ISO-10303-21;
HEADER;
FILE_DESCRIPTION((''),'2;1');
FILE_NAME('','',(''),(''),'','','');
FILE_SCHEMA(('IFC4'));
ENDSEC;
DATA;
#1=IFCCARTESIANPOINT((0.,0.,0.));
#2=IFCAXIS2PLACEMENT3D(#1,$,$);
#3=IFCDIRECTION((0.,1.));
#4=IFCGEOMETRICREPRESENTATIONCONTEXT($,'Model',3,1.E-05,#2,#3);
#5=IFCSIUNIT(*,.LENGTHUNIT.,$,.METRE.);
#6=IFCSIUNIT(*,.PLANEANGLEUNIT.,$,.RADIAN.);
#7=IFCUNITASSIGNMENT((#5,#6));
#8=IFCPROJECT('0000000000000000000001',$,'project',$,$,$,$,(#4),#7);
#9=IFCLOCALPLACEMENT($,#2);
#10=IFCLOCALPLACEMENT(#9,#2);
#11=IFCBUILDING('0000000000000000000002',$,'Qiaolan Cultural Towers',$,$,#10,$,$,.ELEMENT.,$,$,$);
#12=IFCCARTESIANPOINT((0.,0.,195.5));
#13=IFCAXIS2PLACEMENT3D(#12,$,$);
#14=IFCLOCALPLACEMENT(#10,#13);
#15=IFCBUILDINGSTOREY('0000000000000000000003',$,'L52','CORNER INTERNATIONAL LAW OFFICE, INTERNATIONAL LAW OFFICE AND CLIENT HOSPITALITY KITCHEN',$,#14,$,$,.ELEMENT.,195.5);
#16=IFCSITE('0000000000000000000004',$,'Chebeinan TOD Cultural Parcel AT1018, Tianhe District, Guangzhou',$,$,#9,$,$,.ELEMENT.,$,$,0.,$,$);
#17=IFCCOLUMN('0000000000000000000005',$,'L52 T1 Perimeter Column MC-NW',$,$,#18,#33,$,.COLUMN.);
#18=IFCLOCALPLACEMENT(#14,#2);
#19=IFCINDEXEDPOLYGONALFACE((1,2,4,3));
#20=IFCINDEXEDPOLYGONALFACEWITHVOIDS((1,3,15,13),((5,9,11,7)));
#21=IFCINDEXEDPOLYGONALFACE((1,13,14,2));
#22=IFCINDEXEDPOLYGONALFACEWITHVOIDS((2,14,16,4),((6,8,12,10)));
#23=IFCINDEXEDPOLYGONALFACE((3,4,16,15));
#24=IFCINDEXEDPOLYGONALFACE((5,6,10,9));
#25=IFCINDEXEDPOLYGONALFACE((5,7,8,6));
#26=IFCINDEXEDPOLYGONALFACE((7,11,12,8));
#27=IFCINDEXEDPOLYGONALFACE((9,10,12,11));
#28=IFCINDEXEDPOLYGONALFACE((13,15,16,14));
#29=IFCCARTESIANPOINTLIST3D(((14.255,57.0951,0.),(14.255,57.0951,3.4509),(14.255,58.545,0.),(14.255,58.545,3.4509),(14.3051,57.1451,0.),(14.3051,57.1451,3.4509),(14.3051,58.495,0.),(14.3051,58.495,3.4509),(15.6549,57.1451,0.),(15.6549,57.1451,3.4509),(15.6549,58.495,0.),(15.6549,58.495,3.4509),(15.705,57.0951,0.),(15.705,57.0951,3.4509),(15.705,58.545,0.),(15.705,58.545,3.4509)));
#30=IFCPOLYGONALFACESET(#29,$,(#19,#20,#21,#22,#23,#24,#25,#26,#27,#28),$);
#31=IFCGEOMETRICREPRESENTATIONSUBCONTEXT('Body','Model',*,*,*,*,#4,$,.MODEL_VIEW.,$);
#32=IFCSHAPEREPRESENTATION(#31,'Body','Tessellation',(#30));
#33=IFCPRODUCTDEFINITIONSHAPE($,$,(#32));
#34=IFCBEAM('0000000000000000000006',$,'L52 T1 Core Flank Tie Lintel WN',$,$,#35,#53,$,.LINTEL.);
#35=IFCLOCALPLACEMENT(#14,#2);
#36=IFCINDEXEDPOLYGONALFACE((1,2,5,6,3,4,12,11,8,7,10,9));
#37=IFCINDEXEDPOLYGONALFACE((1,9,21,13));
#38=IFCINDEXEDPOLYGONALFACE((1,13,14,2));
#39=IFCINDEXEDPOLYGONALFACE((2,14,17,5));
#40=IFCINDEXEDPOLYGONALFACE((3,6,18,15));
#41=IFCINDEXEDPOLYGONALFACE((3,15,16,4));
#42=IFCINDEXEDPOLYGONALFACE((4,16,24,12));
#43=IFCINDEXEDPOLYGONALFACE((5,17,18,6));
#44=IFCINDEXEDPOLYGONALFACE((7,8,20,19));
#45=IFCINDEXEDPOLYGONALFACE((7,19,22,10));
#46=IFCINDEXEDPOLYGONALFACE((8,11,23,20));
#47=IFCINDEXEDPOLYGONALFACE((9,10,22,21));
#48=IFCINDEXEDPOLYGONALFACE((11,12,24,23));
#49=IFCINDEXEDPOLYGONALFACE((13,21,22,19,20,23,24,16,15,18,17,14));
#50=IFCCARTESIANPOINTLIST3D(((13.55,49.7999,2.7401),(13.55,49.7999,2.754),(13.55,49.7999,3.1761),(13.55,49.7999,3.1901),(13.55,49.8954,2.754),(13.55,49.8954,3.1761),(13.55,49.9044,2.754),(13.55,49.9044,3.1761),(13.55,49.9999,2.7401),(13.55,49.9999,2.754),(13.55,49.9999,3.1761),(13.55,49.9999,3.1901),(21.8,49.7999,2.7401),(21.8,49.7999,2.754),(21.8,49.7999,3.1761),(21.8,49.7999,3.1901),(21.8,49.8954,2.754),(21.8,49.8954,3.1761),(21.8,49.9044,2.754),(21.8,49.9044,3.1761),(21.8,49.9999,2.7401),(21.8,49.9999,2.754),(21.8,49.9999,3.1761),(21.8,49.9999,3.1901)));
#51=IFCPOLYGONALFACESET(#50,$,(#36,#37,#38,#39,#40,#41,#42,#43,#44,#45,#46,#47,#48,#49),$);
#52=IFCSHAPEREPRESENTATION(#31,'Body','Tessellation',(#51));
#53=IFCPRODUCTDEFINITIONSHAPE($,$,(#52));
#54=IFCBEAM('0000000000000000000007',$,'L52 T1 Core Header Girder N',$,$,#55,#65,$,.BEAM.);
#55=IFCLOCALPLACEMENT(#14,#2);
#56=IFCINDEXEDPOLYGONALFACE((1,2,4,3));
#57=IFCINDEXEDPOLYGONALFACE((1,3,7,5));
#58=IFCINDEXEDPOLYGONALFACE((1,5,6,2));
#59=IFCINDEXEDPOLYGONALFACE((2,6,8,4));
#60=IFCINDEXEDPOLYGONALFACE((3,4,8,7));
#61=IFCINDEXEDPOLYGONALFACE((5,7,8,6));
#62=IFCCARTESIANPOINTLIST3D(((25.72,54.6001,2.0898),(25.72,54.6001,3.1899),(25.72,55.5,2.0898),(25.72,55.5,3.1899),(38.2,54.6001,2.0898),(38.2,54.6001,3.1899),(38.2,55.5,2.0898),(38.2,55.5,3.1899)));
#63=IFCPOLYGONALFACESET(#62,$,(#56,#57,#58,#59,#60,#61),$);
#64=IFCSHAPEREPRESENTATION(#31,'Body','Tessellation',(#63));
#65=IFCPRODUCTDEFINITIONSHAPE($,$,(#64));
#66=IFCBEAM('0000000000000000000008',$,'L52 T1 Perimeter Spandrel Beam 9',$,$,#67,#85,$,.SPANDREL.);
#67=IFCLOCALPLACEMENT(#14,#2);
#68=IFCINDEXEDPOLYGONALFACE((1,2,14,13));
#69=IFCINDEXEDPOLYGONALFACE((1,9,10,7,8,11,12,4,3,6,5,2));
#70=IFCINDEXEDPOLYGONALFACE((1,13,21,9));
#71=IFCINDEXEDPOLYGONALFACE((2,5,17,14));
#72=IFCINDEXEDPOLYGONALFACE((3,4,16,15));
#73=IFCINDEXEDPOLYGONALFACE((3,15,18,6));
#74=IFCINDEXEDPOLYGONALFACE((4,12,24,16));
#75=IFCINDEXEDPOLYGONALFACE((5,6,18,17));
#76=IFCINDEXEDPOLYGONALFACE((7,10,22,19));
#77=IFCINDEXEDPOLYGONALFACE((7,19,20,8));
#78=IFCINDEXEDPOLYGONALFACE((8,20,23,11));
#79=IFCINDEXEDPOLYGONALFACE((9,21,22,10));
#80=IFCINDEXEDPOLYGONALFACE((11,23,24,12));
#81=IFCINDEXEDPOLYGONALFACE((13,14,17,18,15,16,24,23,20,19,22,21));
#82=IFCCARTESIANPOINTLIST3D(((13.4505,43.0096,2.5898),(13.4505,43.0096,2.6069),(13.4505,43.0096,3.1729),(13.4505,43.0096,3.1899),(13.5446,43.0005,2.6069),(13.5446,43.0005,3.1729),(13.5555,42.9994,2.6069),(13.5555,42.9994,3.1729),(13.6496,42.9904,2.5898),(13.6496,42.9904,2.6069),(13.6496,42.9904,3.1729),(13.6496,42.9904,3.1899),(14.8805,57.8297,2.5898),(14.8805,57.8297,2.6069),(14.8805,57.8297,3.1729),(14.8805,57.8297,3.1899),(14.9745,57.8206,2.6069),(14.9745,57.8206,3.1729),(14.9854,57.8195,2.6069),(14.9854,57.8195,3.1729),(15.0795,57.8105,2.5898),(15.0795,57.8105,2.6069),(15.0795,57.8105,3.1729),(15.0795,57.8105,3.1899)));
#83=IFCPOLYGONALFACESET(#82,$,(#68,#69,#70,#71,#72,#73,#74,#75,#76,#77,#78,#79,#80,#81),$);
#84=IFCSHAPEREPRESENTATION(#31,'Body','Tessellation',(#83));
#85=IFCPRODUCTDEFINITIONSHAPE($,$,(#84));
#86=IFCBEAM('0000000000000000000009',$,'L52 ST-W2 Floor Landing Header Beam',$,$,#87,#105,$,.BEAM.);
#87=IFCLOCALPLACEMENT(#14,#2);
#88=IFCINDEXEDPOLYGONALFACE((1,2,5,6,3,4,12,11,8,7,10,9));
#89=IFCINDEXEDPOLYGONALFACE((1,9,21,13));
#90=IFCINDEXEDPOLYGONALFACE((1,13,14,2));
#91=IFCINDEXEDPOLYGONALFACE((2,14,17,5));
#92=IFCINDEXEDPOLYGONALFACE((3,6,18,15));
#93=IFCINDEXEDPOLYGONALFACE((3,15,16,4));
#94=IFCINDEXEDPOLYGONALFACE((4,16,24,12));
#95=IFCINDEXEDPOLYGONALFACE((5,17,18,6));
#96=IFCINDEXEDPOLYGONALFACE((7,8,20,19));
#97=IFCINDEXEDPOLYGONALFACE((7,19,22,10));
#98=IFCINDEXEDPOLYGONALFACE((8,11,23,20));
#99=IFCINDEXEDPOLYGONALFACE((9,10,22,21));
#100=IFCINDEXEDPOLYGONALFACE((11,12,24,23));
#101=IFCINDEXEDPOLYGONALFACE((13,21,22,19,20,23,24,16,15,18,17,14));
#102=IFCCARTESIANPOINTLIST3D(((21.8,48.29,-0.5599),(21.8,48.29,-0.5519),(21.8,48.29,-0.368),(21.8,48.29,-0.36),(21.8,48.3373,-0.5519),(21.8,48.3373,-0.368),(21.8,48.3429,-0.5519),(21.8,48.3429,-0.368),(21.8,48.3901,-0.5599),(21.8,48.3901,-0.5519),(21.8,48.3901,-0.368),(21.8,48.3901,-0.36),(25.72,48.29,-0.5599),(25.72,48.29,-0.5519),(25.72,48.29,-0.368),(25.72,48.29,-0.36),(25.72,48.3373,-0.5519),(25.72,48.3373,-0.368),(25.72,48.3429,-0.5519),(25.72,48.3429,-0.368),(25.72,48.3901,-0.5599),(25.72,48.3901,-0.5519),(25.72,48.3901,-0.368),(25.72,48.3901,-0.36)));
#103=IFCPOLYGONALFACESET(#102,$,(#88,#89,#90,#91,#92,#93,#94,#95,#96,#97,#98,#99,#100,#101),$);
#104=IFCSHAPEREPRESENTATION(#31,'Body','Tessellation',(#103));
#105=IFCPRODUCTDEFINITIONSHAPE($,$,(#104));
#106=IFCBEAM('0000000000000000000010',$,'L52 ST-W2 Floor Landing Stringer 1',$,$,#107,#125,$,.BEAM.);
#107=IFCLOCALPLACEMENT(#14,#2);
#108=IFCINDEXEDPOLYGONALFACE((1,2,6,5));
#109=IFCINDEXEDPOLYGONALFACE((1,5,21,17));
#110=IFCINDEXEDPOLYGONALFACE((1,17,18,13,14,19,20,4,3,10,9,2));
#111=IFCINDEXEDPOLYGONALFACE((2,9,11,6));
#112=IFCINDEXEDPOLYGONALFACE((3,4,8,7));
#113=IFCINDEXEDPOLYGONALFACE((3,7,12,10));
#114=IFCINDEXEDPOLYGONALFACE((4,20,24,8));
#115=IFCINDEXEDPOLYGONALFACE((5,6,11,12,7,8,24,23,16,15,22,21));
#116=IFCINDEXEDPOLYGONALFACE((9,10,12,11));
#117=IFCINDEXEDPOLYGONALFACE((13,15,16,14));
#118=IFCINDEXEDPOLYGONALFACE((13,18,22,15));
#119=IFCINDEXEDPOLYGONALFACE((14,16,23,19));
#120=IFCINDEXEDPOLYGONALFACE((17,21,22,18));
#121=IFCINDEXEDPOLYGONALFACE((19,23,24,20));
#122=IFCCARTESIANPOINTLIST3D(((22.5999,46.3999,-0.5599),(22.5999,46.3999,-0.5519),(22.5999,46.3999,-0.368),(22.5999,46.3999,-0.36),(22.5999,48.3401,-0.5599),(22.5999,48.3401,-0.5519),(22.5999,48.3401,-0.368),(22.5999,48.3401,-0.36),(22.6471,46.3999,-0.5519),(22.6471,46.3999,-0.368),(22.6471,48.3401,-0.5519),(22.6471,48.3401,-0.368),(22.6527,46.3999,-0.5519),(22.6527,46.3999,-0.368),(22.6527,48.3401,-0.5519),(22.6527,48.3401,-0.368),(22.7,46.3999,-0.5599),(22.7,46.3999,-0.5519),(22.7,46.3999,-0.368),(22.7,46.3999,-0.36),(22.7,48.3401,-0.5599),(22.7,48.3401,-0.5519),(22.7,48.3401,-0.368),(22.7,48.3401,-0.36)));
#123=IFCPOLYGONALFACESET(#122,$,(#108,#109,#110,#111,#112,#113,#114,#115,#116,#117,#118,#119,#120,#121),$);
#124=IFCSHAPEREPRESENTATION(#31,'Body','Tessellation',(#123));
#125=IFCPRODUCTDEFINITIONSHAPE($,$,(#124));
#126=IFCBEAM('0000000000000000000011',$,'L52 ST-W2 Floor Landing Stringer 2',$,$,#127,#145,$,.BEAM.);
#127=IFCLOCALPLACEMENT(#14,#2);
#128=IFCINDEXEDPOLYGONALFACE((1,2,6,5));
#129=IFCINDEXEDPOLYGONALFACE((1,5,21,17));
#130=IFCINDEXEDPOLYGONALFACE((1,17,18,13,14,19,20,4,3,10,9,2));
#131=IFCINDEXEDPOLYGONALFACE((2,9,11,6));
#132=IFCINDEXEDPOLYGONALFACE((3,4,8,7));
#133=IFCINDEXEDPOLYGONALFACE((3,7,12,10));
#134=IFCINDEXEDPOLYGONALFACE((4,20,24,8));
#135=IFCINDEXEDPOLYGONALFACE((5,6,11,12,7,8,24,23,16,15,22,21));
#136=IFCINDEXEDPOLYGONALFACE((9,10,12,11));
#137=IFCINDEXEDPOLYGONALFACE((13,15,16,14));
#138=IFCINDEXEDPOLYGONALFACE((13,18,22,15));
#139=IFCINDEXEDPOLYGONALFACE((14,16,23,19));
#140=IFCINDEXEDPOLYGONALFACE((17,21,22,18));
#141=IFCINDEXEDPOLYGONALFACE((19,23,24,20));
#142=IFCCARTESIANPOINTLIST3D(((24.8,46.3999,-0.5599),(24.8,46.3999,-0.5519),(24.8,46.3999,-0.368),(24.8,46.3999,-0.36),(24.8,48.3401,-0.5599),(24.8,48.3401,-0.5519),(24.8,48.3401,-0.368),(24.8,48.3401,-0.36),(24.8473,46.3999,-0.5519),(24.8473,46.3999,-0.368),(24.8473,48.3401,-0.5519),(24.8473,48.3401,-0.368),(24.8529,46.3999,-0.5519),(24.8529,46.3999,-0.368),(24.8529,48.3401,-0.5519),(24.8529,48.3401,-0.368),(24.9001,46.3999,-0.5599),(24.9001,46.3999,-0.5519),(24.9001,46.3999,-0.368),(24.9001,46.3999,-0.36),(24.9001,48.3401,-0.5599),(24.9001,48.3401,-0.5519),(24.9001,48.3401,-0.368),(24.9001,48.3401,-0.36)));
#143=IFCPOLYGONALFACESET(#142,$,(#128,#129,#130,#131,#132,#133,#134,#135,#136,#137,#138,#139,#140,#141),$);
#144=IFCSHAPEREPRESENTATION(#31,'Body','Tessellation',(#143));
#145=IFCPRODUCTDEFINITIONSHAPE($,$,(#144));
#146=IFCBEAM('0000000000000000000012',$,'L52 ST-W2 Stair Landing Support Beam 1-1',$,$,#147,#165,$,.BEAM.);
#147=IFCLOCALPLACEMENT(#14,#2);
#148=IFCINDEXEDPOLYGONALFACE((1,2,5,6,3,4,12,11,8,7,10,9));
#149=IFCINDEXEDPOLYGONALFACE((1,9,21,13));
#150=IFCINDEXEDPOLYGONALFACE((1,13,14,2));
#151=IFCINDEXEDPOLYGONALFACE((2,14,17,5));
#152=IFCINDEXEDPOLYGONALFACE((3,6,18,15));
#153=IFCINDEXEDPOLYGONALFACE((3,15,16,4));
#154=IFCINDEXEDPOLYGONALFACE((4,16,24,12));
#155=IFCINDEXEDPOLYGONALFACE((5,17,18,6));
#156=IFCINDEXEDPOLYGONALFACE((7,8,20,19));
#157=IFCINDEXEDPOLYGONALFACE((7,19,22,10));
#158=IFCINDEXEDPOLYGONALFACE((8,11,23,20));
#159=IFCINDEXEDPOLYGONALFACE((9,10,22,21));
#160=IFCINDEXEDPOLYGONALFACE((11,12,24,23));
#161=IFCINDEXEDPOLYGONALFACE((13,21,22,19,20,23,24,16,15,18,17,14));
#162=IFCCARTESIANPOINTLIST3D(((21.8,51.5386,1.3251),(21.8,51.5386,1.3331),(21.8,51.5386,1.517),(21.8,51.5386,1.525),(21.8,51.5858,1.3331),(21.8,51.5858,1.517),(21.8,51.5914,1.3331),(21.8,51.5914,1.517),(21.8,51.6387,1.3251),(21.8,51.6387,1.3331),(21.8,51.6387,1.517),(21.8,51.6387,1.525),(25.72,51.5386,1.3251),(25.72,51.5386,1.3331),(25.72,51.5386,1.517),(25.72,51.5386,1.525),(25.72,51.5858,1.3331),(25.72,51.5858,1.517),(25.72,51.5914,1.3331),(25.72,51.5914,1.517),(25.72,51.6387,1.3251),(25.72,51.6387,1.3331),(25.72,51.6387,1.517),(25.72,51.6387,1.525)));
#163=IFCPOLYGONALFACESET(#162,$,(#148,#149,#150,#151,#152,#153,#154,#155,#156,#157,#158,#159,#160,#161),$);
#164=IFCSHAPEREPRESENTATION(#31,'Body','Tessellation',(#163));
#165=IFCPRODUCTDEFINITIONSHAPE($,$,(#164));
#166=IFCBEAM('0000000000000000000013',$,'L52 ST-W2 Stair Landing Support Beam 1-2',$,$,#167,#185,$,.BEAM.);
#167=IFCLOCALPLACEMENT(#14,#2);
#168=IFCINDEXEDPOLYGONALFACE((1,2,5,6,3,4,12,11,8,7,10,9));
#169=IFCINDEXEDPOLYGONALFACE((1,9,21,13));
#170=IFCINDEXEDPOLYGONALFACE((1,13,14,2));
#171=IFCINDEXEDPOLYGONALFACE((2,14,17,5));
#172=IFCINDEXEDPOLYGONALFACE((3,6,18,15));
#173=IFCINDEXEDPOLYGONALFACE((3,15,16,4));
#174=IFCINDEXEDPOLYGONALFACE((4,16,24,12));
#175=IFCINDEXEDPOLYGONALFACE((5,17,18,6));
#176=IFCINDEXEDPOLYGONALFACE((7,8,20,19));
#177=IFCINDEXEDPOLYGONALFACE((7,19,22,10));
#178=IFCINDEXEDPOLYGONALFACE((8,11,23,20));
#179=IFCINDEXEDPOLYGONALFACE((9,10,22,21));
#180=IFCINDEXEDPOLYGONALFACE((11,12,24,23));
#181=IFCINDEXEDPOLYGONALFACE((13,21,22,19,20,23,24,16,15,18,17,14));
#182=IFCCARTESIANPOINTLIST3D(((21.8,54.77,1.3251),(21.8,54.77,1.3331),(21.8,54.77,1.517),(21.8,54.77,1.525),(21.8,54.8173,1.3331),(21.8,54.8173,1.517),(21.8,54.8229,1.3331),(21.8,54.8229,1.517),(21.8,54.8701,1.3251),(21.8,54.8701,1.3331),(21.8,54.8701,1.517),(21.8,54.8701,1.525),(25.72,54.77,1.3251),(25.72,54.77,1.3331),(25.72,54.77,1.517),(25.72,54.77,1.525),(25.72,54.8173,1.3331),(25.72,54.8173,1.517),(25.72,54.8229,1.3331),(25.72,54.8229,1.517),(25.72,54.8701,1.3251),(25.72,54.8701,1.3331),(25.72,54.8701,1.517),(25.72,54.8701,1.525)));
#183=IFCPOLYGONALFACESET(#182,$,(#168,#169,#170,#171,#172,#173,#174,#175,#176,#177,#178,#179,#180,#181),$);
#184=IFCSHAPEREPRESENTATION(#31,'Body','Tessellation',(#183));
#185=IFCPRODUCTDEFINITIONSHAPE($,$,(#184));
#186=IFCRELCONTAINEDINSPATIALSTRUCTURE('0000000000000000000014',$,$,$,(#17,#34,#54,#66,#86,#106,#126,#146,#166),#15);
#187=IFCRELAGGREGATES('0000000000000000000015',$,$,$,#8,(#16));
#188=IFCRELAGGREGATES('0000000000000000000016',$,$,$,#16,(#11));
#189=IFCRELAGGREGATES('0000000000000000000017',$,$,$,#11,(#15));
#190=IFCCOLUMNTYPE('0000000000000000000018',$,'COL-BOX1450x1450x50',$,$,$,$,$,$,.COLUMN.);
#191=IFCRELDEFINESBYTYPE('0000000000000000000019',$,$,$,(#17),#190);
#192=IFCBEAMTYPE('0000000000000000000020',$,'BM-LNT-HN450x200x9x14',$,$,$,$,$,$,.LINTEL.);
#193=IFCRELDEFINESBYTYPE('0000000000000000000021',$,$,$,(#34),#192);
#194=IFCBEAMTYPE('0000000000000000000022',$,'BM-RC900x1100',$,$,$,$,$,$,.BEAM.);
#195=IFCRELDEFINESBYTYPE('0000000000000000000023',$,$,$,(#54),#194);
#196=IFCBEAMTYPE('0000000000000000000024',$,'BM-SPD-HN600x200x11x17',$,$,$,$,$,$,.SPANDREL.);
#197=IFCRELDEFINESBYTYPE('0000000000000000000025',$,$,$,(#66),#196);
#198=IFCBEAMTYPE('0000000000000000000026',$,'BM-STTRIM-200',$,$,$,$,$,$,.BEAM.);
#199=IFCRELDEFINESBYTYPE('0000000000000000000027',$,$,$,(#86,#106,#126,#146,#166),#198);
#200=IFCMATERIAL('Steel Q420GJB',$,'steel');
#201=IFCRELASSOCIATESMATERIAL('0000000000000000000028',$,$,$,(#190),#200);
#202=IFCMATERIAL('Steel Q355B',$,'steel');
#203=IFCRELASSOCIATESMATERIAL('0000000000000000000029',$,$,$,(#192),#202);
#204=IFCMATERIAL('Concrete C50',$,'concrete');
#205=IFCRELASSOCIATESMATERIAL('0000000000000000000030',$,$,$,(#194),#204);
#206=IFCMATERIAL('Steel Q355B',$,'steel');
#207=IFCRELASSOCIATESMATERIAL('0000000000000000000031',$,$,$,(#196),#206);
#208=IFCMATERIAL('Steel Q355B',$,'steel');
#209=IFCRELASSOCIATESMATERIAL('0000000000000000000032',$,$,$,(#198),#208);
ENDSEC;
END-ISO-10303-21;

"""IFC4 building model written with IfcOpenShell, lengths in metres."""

from ifc_helpers import new_model, si_unit, direction, frame, origin, origin_2d, place, context, subcontext, project, spatial, rectangle, hollow_rectangle, i_section, extrude, material, material_profile, profile_set, type_object, element, save


model = new_model("IFC4")

# Units and contexts
model_context = context("Model", 3, precision=1e-05, world=origin(), true_north=direction((0.0, 1.0)))
body_context = subcontext(model_context, "Body", "Model", "MODEL_VIEW")
ifc_project = project(units=[si_unit("LENGTHUNIT", "METRE"), si_unit("PLANEANGLEUNIT", "RADIAN")], contexts=[model_context])

# Site, building, storey
site_placement = place(None, origin())
site = spatial("IfcSite", under=ifc_project, at=site_placement, Name="Chebeinan TOD Cultural Parcel AT1018, Tianhe District, Guangzhou", CompositionType="ELEMENT", RefElevation=0.0)
building_placement = place(site_placement, origin())
building = spatial("IfcBuilding", under=site, at=building_placement, Name="Qiaolan Cultural Towers", CompositionType="ELEMENT")
storey_placement = place(building_placement, frame((0.0, 0.0, 195.5)))
storey = spatial("IfcBuildingStorey", under=building, at=storey_placement, Name="L52", Description="CORNER INTERNATIONAL LAW OFFICE, INTERNATIONAL LAW OFFICE AND CLIENT HOSPITALITY KITCHEN", CompositionType="ELEMENT", Elevation=195.5)

# Column
ifc_material_1 = material(Name="Steel Q420GJB", Category="steel")
ifc_material_profile_1 = material_profile(ifc_material_1, hollow_rectangle(XDim=1.45, YDim=1.45, WallThickness=0.05, at=origin_2d()), Name="BOX1450x1450x50")
ifc_profile_set_1 = profile_set([ifc_material_profile_1], Name="Steel Q420GJB")
column_type = type_object("IfcColumnType", Name="COL-BOX1450x1450x50", PredefinedType="COLUMN", material=ifc_profile_set_1)
column_placement = place(storey_placement, frame((14.98, 57.8201, 0.0), z_axis=(0.0, 0.0, 1.0), x_axis=(1.0, 0.0, 0.0)))
element("IfcColumn", 1, at=column_placement, inside=storey, type_object=column_type, Name="L52 T1 Perimeter Column MC-NW", PredefinedType="COLUMN", context=body_context, shape_type="SweptSolid", body=[
    extrude(hollow_rectangle(XDim=1.45, YDim=1.45, WallThickness=0.05, at=origin_2d()), origin(), (0.0, 0.0, 1.0), 3.4509),
])

# Beams
ifc_material_2 = material(Name="Steel Q355B", Category="steel")
ifc_material_profile_2 = material_profile(ifc_material_2, i_section(OverallWidth=0.2, OverallDepth=0.45, WebThickness=0.009, FlangeThickness=0.0139, at=origin_2d()), Name="HN450x200x9x14")
ifc_profile_set_2 = profile_set([ifc_material_profile_2], Name="Steel Q355B")
beam_type_1 = type_object("IfcBeamType", Name="BM-LNT-HN450x200x9x14", PredefinedType="LINTEL", material=ifc_profile_set_2)
beam_1_placement = place(storey_placement, frame((21.8, 49.8999, 2.9651), z_axis=(-1.0, 0.0, 0.0), x_axis=(0.0, -1.0, 0.0)))
element("IfcBeam", 2, at=beam_1_placement, inside=storey, type_object=beam_type_1, Name="L52 T1 Core Flank Tie Lintel WN", PredefinedType="LINTEL", context=body_context, shape_type="SweptSolid", body=[
    extrude(i_section(OverallWidth=0.2, OverallDepth=0.45, WebThickness=0.009, FlangeThickness=0.0139, at=origin_2d()), origin(), (0.0, 0.0, 1.0), 8.25),
])
ifc_material_3 = material(Name="Concrete C50", Category="concrete")
ifc_material_profile_3 = material_profile(ifc_material_3, rectangle(XDim=0.8999, YDim=1.1001, at=origin_2d()), Name="RC900x1100")
ifc_profile_set_3 = profile_set([ifc_material_profile_3], Name="Concrete C50")
beam_type_2 = type_object("IfcBeamType", Name="BM-RC900x1100", PredefinedType="BEAM", material=ifc_profile_set_3)
beam_2_placement = place(storey_placement, frame((25.72, 55.05, 2.6399), z_axis=(1.0, 0.0, 0.0), x_axis=(0.0, 1.0, 0.0)))
element("IfcBeam", 3, at=beam_2_placement, inside=storey, type_object=beam_type_2, Name="L52 T1 Core Header Girder N", PredefinedType="BEAM", context=body_context, shape_type="SweptSolid", body=[
    extrude(rectangle(XDim=0.8999, YDim=1.1001, at=origin_2d()), origin(), (0.0, 0.0, 1.0), 12.48),
])
ifc_material_4 = material(Name="Steel Q355B", Category="steel")
ifc_material_profile_4 = material_profile(ifc_material_4, i_section(OverallWidth=0.2, OverallDepth=0.6001, WebThickness=0.011, FlangeThickness=0.0171, at=origin_2d()), Name="HN600x200x11x17")
ifc_profile_set_4 = profile_set([ifc_material_profile_4], Name="Steel Q355B")
beam_type_3 = type_object("IfcBeamType", Name="BM-SPD-HN600x200x11x17", PredefinedType="SPANDREL", material=ifc_profile_set_4)
beam_3_placement = place(storey_placement, frame((14.98, 57.8201, 2.8899), z_axis=(-0.09604, -0.995377, 0.0), x_axis=(0.995377, -0.09604, 0.0)))
element("IfcBeam", 4, at=beam_3_placement, inside=storey, type_object=beam_type_3, Name="L52 T1 Perimeter Spandrel Beam 9", PredefinedType="SPANDREL", context=body_context, shape_type="SweptSolid", body=[
    extrude(i_section(OverallWidth=0.2, OverallDepth=0.6001, WebThickness=0.011, FlangeThickness=0.0171, at=origin_2d()), origin(), (0.0, 0.0, 1.0), 14.8889),
])
ifc_material_5 = material(Name="Steel Q355B", Category="steel")
ifc_material_profile_5 = material_profile(ifc_material_5, i_section(OverallWidth=0.1001, OverallDepth=0.2, WebThickness=0.0056, FlangeThickness=0.0081, at=origin_2d()), Name="HN200x100x5.5x8")
ifc_profile_set_5 = profile_set([ifc_material_profile_5], Name="Steel Q355B")
beam_type_4 = type_object("IfcBeamType", Name="BM-STTRIM-200", PredefinedType="BEAM", material=ifc_profile_set_5)
beam_4_placement = place(storey_placement, frame((21.8, 48.3401, -0.46), z_axis=(1.0, 0.0, 0.0), x_axis=(0.0, 1.0, 0.0)))
element("IfcBeam", 5, at=beam_4_placement, inside=storey, type_object=beam_type_4, Name="L52 ST-W2 Floor Landing Header Beam", PredefinedType="BEAM", context=body_context, shape_type="SweptSolid", body=[
    extrude(i_section(OverallWidth=0.1001, OverallDepth=0.2, WebThickness=0.0056, FlangeThickness=0.0081, at=origin_2d()), origin(), (0.0, 0.0, 1.0), 3.9199),
])
for number, where, z_axis, x_axis, name in (
    (6, (22.6499, 46.3999, -0.46), (0.0, 1.0, 0.0), (-1.0, 0.0, 0.0), "L52 ST-W2 Floor Landing Stringer 1"),
    (7, (24.8501, 46.3999, -0.46), (0.0, 1.0, 0.0), (-1.0, 0.0, 0.0), "L52 ST-W2 Floor Landing Stringer 2"),
):
    element("IfcBeam", number, at=place(storey_placement, frame(where, z_axis=z_axis, x_axis=x_axis)), inside=storey, type_object=beam_type_4, Name=name, PredefinedType="BEAM", context=body_context, shape_type="SweptSolid", body=[
        extrude(i_section(OverallWidth=0.1001, OverallDepth=0.2, WebThickness=0.0056, FlangeThickness=0.0081, at=origin_2d()), origin(), (0.0, 0.0, 1.0), 1.9402),
    ])
for number, where, z_axis, x_axis, name in (
    (8, (21.8, 51.5886, 1.425), (1.0, 0.0, 0.0), (0.0, 1.0, 0.0), "L52 ST-W2 Stair Landing Support Beam 1-1"),
    (9, (21.8, 54.8201, 1.425), (1.0, 0.0, 0.0), (0.0, 1.0, 0.0), "L52 ST-W2 Stair Landing Support Beam 1-2"),
):
    element("IfcBeam", number, at=place(storey_placement, frame(where, z_axis=z_axis, x_axis=x_axis)), inside=storey, type_object=beam_type_4, Name=name, PredefinedType="BEAM", context=body_context, shape_type="SweptSolid", body=[
        extrude(i_section(OverallWidth=0.1001, OverallDepth=0.2, WebThickness=0.0056, FlangeThickness=0.0081, at=origin_2d()), origin(), (0.0, 0.0, 1.0), 3.9199),
    ])

save(model, "model.ifc")
